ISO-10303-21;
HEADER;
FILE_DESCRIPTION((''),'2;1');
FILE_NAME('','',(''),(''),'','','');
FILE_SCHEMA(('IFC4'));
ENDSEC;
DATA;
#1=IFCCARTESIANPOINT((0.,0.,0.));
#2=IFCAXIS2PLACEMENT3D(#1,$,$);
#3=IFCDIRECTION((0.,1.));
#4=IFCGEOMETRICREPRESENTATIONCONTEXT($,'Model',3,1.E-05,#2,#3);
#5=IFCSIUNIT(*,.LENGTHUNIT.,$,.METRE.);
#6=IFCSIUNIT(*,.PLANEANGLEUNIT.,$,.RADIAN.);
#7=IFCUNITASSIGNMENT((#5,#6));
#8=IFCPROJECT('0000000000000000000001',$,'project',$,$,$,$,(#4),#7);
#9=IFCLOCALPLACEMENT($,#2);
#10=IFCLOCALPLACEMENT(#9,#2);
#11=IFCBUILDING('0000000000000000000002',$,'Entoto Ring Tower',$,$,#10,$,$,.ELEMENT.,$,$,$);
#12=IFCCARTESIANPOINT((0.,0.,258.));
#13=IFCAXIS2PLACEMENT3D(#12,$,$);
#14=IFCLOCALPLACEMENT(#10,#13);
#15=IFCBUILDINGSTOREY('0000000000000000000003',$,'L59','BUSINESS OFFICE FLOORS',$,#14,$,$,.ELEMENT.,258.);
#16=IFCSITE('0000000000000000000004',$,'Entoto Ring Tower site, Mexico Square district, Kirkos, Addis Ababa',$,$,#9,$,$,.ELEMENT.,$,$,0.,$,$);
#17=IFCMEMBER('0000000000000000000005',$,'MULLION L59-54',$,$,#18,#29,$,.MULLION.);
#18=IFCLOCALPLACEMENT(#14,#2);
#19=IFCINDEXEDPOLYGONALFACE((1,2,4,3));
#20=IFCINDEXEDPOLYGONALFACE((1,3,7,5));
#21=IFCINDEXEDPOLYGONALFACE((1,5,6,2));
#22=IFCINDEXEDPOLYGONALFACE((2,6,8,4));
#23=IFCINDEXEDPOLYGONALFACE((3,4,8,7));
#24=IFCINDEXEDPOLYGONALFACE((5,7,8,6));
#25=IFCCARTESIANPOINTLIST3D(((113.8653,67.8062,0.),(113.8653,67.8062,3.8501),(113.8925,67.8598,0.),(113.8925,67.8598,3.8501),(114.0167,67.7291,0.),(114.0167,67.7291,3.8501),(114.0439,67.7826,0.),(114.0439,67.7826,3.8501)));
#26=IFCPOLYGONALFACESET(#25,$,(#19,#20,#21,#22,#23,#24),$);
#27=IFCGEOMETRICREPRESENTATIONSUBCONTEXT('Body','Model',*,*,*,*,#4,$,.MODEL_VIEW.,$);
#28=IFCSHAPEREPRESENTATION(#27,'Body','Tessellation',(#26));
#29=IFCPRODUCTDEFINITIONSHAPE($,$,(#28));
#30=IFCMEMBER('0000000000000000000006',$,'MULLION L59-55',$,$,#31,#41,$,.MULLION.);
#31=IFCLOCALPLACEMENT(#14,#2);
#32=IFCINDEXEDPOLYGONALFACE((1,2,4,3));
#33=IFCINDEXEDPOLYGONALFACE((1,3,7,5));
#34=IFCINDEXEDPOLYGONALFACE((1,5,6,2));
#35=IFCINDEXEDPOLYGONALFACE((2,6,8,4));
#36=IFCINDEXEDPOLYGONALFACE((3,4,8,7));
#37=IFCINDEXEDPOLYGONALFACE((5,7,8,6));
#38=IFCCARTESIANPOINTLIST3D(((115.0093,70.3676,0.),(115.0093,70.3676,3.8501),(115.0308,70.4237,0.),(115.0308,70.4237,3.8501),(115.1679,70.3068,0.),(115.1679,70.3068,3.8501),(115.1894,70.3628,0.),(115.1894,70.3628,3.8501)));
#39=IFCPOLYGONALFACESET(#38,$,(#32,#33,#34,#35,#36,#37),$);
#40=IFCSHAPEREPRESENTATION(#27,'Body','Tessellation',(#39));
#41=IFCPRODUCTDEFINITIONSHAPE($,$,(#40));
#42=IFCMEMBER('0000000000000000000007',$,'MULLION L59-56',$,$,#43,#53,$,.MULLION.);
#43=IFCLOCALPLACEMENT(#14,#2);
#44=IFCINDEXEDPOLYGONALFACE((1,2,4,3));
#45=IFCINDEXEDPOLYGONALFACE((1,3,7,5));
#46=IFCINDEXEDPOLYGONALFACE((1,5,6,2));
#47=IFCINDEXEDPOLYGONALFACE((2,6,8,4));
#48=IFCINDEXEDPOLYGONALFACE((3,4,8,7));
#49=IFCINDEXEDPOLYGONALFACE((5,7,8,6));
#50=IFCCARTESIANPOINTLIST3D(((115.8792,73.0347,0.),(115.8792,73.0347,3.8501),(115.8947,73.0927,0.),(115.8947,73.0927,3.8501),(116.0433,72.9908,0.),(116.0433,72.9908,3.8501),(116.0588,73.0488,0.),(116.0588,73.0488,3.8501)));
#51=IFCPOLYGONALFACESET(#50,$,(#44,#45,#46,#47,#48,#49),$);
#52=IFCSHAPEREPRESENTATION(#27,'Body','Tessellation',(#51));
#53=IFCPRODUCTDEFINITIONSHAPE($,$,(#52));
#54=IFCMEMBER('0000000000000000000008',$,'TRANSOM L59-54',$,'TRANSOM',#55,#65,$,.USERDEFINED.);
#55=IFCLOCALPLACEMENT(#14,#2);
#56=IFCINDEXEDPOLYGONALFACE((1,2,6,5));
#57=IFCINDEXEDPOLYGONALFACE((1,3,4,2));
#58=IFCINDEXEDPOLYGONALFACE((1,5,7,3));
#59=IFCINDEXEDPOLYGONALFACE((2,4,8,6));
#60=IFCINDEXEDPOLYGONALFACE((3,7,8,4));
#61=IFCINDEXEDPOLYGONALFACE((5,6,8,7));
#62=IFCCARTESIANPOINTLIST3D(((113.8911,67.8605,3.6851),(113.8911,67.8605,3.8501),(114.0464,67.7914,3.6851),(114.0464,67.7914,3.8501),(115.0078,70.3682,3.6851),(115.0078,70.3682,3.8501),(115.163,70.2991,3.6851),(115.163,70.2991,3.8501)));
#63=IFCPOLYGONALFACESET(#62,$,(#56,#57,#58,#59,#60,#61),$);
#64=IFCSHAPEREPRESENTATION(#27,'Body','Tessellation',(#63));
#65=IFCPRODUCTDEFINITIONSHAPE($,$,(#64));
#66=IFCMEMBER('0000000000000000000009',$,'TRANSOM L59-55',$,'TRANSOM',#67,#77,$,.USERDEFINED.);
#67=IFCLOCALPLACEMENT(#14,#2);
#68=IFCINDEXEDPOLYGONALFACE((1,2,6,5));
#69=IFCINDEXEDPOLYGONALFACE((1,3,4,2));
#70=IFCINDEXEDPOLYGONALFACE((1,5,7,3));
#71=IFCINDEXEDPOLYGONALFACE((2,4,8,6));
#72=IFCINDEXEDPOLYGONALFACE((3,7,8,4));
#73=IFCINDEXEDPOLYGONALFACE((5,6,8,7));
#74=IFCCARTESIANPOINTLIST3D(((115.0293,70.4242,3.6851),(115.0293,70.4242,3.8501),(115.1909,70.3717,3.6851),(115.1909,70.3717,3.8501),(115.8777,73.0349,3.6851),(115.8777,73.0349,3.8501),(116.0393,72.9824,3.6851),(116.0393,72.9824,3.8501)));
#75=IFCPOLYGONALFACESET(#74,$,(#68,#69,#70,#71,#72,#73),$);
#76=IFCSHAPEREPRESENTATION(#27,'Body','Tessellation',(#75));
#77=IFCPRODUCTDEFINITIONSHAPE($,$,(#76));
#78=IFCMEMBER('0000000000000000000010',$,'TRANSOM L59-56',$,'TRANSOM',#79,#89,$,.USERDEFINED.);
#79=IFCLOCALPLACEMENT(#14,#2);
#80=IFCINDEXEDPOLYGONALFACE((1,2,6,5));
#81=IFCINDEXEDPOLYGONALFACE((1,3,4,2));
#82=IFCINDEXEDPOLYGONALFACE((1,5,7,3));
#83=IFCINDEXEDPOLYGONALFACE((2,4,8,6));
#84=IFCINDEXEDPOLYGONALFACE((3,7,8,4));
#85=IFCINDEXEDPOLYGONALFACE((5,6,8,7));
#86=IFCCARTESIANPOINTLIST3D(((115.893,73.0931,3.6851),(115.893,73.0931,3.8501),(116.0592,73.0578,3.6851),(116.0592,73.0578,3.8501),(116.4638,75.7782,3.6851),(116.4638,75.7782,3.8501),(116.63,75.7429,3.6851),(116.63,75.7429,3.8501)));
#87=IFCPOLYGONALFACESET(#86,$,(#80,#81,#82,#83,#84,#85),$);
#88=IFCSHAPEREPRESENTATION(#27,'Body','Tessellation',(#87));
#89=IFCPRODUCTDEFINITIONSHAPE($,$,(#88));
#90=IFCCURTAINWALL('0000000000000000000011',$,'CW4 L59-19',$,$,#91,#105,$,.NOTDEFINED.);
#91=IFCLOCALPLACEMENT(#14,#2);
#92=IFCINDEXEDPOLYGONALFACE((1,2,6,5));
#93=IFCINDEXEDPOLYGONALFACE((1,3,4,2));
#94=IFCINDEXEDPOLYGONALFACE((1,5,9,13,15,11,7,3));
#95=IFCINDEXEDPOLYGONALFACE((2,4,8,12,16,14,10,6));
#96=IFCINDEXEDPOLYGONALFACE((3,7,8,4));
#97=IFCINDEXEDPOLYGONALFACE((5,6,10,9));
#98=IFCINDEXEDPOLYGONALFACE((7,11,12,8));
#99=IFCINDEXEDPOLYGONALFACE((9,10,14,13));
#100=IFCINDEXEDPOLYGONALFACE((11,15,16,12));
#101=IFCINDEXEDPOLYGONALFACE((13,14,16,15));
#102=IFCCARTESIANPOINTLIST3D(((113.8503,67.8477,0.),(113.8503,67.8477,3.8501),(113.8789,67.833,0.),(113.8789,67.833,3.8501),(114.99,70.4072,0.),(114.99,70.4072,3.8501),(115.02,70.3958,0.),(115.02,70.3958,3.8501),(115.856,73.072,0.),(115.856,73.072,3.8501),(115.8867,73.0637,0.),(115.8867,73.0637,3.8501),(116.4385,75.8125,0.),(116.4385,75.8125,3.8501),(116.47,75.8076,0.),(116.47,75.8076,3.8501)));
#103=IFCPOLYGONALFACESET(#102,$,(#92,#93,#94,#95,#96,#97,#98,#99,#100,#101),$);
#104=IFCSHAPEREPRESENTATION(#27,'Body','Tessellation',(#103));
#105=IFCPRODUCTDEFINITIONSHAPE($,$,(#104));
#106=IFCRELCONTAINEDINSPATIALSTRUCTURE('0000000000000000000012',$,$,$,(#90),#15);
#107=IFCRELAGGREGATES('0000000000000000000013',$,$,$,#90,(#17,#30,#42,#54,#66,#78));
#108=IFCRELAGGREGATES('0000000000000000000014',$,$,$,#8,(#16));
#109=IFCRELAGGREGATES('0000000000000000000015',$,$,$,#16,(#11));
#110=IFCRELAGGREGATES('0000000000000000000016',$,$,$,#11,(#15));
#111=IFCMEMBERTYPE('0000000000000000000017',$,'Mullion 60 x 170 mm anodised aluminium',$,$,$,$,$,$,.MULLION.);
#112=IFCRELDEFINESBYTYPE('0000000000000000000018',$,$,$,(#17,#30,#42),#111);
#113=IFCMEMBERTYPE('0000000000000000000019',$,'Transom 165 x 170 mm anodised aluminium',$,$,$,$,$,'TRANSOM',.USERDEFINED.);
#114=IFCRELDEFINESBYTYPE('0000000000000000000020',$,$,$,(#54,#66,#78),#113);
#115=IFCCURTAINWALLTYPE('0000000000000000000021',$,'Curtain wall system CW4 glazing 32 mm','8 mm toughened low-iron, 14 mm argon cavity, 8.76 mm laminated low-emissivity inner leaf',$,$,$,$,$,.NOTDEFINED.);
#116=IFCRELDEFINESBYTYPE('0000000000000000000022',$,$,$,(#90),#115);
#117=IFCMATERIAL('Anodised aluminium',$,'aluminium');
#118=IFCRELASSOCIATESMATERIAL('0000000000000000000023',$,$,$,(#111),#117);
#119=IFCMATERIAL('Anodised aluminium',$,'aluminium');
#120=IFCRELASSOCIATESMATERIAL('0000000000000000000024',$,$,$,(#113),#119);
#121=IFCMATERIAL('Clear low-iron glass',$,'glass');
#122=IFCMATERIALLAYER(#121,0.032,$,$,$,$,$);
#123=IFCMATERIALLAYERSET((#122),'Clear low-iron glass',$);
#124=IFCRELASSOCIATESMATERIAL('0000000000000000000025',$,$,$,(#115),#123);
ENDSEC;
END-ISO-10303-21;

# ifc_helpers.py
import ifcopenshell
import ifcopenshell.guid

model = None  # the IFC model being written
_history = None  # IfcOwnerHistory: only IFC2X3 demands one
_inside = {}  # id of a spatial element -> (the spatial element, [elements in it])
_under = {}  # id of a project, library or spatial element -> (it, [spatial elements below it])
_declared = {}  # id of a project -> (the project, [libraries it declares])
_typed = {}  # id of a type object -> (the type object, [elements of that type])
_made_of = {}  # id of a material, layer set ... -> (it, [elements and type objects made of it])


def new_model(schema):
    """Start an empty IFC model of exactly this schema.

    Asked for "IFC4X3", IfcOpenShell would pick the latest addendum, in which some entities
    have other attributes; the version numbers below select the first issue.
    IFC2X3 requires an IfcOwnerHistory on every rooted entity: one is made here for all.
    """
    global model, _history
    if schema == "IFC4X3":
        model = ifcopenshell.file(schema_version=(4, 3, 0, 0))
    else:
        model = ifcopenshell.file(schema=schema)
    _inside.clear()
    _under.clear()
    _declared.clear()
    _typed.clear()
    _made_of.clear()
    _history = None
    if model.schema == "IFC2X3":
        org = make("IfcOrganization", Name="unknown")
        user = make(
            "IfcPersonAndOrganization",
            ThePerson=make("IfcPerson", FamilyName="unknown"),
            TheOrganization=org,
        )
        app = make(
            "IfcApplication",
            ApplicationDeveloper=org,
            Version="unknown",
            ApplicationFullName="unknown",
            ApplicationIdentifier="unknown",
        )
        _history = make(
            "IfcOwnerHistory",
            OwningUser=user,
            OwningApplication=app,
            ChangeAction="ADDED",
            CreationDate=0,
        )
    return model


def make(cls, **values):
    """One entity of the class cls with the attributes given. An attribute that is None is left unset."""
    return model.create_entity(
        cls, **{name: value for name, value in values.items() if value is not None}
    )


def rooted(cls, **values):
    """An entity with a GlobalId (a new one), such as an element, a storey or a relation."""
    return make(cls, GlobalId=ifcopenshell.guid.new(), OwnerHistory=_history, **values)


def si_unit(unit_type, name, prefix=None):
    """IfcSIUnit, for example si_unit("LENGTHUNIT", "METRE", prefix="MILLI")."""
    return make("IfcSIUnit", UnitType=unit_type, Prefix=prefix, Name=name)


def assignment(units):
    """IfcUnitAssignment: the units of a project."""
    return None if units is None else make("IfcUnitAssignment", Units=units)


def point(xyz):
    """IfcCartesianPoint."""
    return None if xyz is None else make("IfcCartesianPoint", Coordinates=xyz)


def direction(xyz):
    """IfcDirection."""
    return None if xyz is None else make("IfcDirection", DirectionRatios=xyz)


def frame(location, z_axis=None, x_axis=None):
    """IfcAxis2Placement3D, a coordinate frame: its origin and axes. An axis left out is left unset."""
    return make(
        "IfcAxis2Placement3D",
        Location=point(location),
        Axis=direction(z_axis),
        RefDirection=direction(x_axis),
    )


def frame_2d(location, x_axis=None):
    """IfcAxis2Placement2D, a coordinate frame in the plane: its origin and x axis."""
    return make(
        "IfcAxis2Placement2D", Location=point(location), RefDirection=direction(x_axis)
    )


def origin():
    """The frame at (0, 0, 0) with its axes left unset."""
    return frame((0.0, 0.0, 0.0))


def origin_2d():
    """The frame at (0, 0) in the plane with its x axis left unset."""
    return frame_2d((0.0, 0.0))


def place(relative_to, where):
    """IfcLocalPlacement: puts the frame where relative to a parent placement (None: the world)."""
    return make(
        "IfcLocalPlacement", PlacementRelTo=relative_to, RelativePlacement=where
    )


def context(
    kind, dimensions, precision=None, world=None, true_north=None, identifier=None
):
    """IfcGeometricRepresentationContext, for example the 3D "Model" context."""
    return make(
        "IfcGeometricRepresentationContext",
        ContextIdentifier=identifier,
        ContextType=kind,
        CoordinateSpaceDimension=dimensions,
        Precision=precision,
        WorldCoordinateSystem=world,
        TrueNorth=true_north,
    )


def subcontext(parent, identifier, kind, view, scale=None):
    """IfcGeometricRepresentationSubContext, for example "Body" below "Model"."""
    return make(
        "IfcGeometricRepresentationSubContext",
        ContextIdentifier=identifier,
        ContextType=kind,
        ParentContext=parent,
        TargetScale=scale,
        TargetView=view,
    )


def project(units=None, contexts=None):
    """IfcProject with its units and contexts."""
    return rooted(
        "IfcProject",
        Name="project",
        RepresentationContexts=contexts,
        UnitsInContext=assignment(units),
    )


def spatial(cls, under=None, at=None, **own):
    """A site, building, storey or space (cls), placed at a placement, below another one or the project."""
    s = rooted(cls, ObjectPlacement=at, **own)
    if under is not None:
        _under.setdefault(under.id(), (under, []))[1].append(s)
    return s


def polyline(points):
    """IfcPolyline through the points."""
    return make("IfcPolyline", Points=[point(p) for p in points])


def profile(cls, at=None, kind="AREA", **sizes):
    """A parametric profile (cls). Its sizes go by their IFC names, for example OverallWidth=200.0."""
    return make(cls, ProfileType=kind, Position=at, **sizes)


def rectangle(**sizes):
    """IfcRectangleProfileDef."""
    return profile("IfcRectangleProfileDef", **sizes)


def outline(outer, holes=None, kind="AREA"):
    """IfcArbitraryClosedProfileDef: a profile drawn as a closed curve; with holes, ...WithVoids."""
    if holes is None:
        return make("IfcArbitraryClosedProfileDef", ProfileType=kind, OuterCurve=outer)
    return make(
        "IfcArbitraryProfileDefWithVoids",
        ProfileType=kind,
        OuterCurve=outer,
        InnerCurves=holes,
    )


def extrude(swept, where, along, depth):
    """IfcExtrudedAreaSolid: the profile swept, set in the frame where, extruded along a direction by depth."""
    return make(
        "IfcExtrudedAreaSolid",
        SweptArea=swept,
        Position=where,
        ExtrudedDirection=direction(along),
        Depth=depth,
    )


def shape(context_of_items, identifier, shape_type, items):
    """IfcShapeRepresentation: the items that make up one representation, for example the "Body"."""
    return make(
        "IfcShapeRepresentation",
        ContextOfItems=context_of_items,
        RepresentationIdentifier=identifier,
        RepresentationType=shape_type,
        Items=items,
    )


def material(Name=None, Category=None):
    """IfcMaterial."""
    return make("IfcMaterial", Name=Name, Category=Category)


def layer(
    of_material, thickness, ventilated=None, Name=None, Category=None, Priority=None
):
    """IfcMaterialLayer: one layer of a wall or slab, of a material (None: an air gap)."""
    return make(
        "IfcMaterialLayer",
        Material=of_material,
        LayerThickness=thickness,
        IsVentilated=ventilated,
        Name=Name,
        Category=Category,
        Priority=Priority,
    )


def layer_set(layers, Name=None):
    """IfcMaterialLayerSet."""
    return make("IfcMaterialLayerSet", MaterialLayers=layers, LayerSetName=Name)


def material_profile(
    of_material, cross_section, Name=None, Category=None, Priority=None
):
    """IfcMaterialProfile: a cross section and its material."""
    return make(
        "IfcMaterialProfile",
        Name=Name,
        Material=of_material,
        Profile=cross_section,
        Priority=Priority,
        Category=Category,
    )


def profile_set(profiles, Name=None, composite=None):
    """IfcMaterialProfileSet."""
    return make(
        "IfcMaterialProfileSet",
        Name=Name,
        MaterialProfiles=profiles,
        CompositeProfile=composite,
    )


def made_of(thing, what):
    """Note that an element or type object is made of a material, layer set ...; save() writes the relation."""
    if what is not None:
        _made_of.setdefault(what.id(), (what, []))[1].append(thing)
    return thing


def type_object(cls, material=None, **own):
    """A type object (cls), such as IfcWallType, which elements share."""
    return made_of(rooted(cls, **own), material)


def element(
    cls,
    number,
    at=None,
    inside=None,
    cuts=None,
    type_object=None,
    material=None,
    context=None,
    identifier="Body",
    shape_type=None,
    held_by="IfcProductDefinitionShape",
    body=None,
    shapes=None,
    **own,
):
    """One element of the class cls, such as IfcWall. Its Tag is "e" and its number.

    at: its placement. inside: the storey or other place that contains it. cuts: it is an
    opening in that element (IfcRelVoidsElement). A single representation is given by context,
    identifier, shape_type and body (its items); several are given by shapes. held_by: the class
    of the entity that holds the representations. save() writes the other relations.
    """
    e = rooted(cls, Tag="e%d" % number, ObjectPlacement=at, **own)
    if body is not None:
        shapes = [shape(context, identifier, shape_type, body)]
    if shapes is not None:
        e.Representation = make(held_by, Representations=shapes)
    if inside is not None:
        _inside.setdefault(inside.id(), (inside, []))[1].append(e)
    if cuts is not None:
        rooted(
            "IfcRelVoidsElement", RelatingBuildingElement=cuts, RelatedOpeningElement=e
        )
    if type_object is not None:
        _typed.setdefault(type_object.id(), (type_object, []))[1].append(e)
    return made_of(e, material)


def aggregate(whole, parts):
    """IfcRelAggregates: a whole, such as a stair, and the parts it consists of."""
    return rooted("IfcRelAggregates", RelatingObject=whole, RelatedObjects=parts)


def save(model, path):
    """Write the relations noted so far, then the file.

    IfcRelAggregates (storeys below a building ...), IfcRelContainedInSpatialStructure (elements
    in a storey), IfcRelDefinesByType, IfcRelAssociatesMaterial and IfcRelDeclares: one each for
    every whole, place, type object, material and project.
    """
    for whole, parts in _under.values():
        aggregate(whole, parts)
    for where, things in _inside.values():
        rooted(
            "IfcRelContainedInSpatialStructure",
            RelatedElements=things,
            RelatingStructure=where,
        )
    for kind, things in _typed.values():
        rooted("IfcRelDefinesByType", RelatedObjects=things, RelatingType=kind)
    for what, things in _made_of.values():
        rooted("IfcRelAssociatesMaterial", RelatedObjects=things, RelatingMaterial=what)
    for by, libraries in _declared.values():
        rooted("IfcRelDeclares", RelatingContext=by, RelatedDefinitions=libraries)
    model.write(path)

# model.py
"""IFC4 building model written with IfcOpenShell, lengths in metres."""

from ifc_helpers import new_model, si_unit, direction, frame, origin, origin_2d, place, context, subcontext, project, spatial, polyline, rectangle, outline, extrude, material, layer, layer_set, material_profile, profile_set, type_object, element, aggregate, save


model = new_model("IFC4")

# Units and contexts
model_context = context("Model", 3, precision=1e-05, world=origin(), true_north=direction((0.0, 1.0)))
body_context = subcontext(model_context, "Body", "Model", "MODEL_VIEW")
ifc_project = project(units=[si_unit("LENGTHUNIT", "METRE"), si_unit("PLANEANGLEUNIT", "RADIAN")], contexts=[model_context])

# Members
ifc_material_1 = material(Name="Anodised aluminium", Category="aluminium")
ifc_material_profile_1 = material_profile(ifc_material_1, rectangle(XDim=0.0601, YDim=0.1699, at=origin_2d()), Name="Mullion 60 x 170 mm anodised aluminium")
ifc_profile_set_1 = profile_set([ifc_material_profile_1], Name="Anodised aluminium")
member_type_1 = type_object("IfcMemberType", Name="Mullion 60 x 170 mm anodised aluminium", PredefinedType="MULLION", material=ifc_profile_set_1)
site_placement = place(None, origin())
building_placement = place(site_placement, origin())
storey_placement = place(building_placement, frame((0.0, 0.0, 258.0)))
member_1_placement = place(storey_placement, frame((113.9546, 67.7944, 0.0), z_axis=(0.0, 0.0, 1.0), x_axis=(0.45399, 0.891007, 0.0)))
member_1 = element("IfcMember", 1, at=member_1_placement, type_object=member_type_1, Name="MULLION L59-54", PredefinedType="MULLION", context=body_context, shape_type="SweptSolid", body=[
    extrude(rectangle(XDim=0.0601, YDim=0.1699, at=origin_2d()), origin(), (0.0, 0.0, 1.0), 3.8501),
])
member_2_placement = place(storey_placement, frame((115.0994, 70.3652, 0.0), z_axis=(0.0, 0.0, 1.0), x_axis=(0.358368, 0.93358, 0.0)))
member_2 = element("IfcMember", 2, at=member_2_placement, type_object=member_type_1, Name="MULLION L59-55", PredefinedType="MULLION", context=body_context, shape_type="SweptSolid", body=[
    extrude(rectangle(XDim=0.0601, YDim=0.1699, at=origin_2d()), origin(), (0.0, 0.0, 1.0), 3.8501),
])
member_3_placement = place(storey_placement, frame((115.969, 73.0417, 0.0), z_axis=(0.0, 0.0, 1.0), x_axis=(0.258819, 0.965926, 0.0)))
member_3 = element("IfcMember", 3, at=member_3_placement, type_object=member_type_1, Name="MULLION L59-56", PredefinedType="MULLION", context=body_context, shape_type="SweptSolid", body=[
    extrude(rectangle(XDim=0.0601, YDim=0.1699, at=origin_2d()), origin(), (0.0, 0.0, 1.0), 3.8501),
])
ifc_material_2 = material(Name="Anodised aluminium", Category="aluminium")
ifc_material_profile_2 = material_profile(ifc_material_2, rectangle(XDim=0.1699, YDim=0.165, at=origin_2d()), Name="Transom 165 x 170 mm anodised aluminium")
ifc_profile_set_2 = profile_set([ifc_material_profile_2], Name="Anodised aluminium")
member_type_2 = type_object("IfcMemberType", Name="Transom 165 x 170 mm anodised aluminium", ElementType="TRANSOM", PredefinedType="USERDEFINED", material=ifc_profile_set_2)
member_4_placement = place(storey_placement, frame((113.9688, 67.8259, 3.7676), z_axis=(0.406782, 0.913525, 0.0), x_axis=(-0.913525, 0.406782, 0.0)))
member_4 = element("IfcMember", 4, at=member_4_placement, type_object=member_type_2, Name="TRANSOM L59-54", ObjectType="TRANSOM", PredefinedType="USERDEFINED", context=body_context, shape_type="SweptSolid", body=[
    extrude(rectangle(XDim=0.1699, YDim=0.165, at=origin_2d()), origin(), (0.0, 0.0, 1.0), 2.7451),
])
member_5_placement = place(storey_placement, frame((115.1101, 70.3979, 3.7676), z_axis=(0.309042, 0.951048, 0.0), x_axis=(-0.951048, 0.309042, 0.0)))
member_5 = element("IfcMember", 5, at=member_5_placement, type_object=member_type_2, Name="TRANSOM L59-55", ObjectType="TRANSOM", PredefinedType="USERDEFINED", context=body_context, shape_type="SweptSolid", body=[
    extrude(rectangle(XDim=0.1699, YDim=0.165, at=origin_2d()), origin(), (0.0, 0.0, 1.0), 2.7451),
])
member_6_placement = place(storey_placement, frame((115.9761, 73.0754, 3.7676), z_axis=(0.207937, 0.978142, 0.0), x_axis=(-0.978142, 0.207937, 0.0)))
member_6 = element("IfcMember", 6, at=member_6_placement, type_object=member_type_2, Name="TRANSOM L59-56", ObjectType="TRANSOM", PredefinedType="USERDEFINED", context=body_context, shape_type="SweptSolid", body=[
    extrude(rectangle(XDim=0.1699, YDim=0.165, at=origin_2d()), origin(), (0.0, 0.0, 1.0), 2.7451),
])

# Site, building, storey
site = spatial("IfcSite", under=ifc_project, at=site_placement, Name="Entoto Ring Tower site, Mexico Square district, Kirkos, Addis Ababa", CompositionType="ELEMENT", RefElevation=0.0)
building = spatial("IfcBuilding", under=site, at=building_placement, Name="Entoto Ring Tower", CompositionType="ELEMENT")
storey = spatial("IfcBuildingStorey", under=building, at=storey_placement, Name="L59", Description="BUSINESS OFFICE FLOORS", CompositionType="ELEMENT", Elevation=258.0)

# Curtain wall
ifc_material_3 = material(Name="Clear low-iron glass", Category="glass")
ifc_layer_1 = layer(ifc_material_3, 0.032)
ifc_layer_set_1 = layer_set([ifc_layer_1], Name="Clear low-iron glass")
curtain_wall_type = type_object("IfcCurtainWallType", Name="Curtain wall system CW4 glazing 32 mm", Description="8 mm toughened low-iron, 14 mm argon cavity, 8.76 mm laminated low-emissivity inner leaf", PredefinedType="NOTDEFINED", material=ifc_layer_set_1)
curtain_wall_1_placement = place(storey_placement, origin())
curtain_wall_1 = element("IfcCurtainWall", 7, at=curtain_wall_1_placement, inside=storey, type_object=curtain_wall_type, Name="CW4 L59-19", PredefinedType="NOTDEFINED", context=body_context, shape_type="SweptSolid", body=[
    extrude(outline(polyline([(113.8789, 67.833), (115.02, 70.3958), (115.8867, 73.0637), (116.47, 75.8076), (116.4385, 75.8125), (115.856, 73.072), (114.99, 70.4072), (113.8503, 67.8477), (113.8789, 67.833)])), origin(), (0.0, 0.0, 1.0), 3.8501),
])
aggregate(curtain_wall_1, [member_1, member_2, member_3, member_4, member_5, member_6])

save(model, "model.ifc")
